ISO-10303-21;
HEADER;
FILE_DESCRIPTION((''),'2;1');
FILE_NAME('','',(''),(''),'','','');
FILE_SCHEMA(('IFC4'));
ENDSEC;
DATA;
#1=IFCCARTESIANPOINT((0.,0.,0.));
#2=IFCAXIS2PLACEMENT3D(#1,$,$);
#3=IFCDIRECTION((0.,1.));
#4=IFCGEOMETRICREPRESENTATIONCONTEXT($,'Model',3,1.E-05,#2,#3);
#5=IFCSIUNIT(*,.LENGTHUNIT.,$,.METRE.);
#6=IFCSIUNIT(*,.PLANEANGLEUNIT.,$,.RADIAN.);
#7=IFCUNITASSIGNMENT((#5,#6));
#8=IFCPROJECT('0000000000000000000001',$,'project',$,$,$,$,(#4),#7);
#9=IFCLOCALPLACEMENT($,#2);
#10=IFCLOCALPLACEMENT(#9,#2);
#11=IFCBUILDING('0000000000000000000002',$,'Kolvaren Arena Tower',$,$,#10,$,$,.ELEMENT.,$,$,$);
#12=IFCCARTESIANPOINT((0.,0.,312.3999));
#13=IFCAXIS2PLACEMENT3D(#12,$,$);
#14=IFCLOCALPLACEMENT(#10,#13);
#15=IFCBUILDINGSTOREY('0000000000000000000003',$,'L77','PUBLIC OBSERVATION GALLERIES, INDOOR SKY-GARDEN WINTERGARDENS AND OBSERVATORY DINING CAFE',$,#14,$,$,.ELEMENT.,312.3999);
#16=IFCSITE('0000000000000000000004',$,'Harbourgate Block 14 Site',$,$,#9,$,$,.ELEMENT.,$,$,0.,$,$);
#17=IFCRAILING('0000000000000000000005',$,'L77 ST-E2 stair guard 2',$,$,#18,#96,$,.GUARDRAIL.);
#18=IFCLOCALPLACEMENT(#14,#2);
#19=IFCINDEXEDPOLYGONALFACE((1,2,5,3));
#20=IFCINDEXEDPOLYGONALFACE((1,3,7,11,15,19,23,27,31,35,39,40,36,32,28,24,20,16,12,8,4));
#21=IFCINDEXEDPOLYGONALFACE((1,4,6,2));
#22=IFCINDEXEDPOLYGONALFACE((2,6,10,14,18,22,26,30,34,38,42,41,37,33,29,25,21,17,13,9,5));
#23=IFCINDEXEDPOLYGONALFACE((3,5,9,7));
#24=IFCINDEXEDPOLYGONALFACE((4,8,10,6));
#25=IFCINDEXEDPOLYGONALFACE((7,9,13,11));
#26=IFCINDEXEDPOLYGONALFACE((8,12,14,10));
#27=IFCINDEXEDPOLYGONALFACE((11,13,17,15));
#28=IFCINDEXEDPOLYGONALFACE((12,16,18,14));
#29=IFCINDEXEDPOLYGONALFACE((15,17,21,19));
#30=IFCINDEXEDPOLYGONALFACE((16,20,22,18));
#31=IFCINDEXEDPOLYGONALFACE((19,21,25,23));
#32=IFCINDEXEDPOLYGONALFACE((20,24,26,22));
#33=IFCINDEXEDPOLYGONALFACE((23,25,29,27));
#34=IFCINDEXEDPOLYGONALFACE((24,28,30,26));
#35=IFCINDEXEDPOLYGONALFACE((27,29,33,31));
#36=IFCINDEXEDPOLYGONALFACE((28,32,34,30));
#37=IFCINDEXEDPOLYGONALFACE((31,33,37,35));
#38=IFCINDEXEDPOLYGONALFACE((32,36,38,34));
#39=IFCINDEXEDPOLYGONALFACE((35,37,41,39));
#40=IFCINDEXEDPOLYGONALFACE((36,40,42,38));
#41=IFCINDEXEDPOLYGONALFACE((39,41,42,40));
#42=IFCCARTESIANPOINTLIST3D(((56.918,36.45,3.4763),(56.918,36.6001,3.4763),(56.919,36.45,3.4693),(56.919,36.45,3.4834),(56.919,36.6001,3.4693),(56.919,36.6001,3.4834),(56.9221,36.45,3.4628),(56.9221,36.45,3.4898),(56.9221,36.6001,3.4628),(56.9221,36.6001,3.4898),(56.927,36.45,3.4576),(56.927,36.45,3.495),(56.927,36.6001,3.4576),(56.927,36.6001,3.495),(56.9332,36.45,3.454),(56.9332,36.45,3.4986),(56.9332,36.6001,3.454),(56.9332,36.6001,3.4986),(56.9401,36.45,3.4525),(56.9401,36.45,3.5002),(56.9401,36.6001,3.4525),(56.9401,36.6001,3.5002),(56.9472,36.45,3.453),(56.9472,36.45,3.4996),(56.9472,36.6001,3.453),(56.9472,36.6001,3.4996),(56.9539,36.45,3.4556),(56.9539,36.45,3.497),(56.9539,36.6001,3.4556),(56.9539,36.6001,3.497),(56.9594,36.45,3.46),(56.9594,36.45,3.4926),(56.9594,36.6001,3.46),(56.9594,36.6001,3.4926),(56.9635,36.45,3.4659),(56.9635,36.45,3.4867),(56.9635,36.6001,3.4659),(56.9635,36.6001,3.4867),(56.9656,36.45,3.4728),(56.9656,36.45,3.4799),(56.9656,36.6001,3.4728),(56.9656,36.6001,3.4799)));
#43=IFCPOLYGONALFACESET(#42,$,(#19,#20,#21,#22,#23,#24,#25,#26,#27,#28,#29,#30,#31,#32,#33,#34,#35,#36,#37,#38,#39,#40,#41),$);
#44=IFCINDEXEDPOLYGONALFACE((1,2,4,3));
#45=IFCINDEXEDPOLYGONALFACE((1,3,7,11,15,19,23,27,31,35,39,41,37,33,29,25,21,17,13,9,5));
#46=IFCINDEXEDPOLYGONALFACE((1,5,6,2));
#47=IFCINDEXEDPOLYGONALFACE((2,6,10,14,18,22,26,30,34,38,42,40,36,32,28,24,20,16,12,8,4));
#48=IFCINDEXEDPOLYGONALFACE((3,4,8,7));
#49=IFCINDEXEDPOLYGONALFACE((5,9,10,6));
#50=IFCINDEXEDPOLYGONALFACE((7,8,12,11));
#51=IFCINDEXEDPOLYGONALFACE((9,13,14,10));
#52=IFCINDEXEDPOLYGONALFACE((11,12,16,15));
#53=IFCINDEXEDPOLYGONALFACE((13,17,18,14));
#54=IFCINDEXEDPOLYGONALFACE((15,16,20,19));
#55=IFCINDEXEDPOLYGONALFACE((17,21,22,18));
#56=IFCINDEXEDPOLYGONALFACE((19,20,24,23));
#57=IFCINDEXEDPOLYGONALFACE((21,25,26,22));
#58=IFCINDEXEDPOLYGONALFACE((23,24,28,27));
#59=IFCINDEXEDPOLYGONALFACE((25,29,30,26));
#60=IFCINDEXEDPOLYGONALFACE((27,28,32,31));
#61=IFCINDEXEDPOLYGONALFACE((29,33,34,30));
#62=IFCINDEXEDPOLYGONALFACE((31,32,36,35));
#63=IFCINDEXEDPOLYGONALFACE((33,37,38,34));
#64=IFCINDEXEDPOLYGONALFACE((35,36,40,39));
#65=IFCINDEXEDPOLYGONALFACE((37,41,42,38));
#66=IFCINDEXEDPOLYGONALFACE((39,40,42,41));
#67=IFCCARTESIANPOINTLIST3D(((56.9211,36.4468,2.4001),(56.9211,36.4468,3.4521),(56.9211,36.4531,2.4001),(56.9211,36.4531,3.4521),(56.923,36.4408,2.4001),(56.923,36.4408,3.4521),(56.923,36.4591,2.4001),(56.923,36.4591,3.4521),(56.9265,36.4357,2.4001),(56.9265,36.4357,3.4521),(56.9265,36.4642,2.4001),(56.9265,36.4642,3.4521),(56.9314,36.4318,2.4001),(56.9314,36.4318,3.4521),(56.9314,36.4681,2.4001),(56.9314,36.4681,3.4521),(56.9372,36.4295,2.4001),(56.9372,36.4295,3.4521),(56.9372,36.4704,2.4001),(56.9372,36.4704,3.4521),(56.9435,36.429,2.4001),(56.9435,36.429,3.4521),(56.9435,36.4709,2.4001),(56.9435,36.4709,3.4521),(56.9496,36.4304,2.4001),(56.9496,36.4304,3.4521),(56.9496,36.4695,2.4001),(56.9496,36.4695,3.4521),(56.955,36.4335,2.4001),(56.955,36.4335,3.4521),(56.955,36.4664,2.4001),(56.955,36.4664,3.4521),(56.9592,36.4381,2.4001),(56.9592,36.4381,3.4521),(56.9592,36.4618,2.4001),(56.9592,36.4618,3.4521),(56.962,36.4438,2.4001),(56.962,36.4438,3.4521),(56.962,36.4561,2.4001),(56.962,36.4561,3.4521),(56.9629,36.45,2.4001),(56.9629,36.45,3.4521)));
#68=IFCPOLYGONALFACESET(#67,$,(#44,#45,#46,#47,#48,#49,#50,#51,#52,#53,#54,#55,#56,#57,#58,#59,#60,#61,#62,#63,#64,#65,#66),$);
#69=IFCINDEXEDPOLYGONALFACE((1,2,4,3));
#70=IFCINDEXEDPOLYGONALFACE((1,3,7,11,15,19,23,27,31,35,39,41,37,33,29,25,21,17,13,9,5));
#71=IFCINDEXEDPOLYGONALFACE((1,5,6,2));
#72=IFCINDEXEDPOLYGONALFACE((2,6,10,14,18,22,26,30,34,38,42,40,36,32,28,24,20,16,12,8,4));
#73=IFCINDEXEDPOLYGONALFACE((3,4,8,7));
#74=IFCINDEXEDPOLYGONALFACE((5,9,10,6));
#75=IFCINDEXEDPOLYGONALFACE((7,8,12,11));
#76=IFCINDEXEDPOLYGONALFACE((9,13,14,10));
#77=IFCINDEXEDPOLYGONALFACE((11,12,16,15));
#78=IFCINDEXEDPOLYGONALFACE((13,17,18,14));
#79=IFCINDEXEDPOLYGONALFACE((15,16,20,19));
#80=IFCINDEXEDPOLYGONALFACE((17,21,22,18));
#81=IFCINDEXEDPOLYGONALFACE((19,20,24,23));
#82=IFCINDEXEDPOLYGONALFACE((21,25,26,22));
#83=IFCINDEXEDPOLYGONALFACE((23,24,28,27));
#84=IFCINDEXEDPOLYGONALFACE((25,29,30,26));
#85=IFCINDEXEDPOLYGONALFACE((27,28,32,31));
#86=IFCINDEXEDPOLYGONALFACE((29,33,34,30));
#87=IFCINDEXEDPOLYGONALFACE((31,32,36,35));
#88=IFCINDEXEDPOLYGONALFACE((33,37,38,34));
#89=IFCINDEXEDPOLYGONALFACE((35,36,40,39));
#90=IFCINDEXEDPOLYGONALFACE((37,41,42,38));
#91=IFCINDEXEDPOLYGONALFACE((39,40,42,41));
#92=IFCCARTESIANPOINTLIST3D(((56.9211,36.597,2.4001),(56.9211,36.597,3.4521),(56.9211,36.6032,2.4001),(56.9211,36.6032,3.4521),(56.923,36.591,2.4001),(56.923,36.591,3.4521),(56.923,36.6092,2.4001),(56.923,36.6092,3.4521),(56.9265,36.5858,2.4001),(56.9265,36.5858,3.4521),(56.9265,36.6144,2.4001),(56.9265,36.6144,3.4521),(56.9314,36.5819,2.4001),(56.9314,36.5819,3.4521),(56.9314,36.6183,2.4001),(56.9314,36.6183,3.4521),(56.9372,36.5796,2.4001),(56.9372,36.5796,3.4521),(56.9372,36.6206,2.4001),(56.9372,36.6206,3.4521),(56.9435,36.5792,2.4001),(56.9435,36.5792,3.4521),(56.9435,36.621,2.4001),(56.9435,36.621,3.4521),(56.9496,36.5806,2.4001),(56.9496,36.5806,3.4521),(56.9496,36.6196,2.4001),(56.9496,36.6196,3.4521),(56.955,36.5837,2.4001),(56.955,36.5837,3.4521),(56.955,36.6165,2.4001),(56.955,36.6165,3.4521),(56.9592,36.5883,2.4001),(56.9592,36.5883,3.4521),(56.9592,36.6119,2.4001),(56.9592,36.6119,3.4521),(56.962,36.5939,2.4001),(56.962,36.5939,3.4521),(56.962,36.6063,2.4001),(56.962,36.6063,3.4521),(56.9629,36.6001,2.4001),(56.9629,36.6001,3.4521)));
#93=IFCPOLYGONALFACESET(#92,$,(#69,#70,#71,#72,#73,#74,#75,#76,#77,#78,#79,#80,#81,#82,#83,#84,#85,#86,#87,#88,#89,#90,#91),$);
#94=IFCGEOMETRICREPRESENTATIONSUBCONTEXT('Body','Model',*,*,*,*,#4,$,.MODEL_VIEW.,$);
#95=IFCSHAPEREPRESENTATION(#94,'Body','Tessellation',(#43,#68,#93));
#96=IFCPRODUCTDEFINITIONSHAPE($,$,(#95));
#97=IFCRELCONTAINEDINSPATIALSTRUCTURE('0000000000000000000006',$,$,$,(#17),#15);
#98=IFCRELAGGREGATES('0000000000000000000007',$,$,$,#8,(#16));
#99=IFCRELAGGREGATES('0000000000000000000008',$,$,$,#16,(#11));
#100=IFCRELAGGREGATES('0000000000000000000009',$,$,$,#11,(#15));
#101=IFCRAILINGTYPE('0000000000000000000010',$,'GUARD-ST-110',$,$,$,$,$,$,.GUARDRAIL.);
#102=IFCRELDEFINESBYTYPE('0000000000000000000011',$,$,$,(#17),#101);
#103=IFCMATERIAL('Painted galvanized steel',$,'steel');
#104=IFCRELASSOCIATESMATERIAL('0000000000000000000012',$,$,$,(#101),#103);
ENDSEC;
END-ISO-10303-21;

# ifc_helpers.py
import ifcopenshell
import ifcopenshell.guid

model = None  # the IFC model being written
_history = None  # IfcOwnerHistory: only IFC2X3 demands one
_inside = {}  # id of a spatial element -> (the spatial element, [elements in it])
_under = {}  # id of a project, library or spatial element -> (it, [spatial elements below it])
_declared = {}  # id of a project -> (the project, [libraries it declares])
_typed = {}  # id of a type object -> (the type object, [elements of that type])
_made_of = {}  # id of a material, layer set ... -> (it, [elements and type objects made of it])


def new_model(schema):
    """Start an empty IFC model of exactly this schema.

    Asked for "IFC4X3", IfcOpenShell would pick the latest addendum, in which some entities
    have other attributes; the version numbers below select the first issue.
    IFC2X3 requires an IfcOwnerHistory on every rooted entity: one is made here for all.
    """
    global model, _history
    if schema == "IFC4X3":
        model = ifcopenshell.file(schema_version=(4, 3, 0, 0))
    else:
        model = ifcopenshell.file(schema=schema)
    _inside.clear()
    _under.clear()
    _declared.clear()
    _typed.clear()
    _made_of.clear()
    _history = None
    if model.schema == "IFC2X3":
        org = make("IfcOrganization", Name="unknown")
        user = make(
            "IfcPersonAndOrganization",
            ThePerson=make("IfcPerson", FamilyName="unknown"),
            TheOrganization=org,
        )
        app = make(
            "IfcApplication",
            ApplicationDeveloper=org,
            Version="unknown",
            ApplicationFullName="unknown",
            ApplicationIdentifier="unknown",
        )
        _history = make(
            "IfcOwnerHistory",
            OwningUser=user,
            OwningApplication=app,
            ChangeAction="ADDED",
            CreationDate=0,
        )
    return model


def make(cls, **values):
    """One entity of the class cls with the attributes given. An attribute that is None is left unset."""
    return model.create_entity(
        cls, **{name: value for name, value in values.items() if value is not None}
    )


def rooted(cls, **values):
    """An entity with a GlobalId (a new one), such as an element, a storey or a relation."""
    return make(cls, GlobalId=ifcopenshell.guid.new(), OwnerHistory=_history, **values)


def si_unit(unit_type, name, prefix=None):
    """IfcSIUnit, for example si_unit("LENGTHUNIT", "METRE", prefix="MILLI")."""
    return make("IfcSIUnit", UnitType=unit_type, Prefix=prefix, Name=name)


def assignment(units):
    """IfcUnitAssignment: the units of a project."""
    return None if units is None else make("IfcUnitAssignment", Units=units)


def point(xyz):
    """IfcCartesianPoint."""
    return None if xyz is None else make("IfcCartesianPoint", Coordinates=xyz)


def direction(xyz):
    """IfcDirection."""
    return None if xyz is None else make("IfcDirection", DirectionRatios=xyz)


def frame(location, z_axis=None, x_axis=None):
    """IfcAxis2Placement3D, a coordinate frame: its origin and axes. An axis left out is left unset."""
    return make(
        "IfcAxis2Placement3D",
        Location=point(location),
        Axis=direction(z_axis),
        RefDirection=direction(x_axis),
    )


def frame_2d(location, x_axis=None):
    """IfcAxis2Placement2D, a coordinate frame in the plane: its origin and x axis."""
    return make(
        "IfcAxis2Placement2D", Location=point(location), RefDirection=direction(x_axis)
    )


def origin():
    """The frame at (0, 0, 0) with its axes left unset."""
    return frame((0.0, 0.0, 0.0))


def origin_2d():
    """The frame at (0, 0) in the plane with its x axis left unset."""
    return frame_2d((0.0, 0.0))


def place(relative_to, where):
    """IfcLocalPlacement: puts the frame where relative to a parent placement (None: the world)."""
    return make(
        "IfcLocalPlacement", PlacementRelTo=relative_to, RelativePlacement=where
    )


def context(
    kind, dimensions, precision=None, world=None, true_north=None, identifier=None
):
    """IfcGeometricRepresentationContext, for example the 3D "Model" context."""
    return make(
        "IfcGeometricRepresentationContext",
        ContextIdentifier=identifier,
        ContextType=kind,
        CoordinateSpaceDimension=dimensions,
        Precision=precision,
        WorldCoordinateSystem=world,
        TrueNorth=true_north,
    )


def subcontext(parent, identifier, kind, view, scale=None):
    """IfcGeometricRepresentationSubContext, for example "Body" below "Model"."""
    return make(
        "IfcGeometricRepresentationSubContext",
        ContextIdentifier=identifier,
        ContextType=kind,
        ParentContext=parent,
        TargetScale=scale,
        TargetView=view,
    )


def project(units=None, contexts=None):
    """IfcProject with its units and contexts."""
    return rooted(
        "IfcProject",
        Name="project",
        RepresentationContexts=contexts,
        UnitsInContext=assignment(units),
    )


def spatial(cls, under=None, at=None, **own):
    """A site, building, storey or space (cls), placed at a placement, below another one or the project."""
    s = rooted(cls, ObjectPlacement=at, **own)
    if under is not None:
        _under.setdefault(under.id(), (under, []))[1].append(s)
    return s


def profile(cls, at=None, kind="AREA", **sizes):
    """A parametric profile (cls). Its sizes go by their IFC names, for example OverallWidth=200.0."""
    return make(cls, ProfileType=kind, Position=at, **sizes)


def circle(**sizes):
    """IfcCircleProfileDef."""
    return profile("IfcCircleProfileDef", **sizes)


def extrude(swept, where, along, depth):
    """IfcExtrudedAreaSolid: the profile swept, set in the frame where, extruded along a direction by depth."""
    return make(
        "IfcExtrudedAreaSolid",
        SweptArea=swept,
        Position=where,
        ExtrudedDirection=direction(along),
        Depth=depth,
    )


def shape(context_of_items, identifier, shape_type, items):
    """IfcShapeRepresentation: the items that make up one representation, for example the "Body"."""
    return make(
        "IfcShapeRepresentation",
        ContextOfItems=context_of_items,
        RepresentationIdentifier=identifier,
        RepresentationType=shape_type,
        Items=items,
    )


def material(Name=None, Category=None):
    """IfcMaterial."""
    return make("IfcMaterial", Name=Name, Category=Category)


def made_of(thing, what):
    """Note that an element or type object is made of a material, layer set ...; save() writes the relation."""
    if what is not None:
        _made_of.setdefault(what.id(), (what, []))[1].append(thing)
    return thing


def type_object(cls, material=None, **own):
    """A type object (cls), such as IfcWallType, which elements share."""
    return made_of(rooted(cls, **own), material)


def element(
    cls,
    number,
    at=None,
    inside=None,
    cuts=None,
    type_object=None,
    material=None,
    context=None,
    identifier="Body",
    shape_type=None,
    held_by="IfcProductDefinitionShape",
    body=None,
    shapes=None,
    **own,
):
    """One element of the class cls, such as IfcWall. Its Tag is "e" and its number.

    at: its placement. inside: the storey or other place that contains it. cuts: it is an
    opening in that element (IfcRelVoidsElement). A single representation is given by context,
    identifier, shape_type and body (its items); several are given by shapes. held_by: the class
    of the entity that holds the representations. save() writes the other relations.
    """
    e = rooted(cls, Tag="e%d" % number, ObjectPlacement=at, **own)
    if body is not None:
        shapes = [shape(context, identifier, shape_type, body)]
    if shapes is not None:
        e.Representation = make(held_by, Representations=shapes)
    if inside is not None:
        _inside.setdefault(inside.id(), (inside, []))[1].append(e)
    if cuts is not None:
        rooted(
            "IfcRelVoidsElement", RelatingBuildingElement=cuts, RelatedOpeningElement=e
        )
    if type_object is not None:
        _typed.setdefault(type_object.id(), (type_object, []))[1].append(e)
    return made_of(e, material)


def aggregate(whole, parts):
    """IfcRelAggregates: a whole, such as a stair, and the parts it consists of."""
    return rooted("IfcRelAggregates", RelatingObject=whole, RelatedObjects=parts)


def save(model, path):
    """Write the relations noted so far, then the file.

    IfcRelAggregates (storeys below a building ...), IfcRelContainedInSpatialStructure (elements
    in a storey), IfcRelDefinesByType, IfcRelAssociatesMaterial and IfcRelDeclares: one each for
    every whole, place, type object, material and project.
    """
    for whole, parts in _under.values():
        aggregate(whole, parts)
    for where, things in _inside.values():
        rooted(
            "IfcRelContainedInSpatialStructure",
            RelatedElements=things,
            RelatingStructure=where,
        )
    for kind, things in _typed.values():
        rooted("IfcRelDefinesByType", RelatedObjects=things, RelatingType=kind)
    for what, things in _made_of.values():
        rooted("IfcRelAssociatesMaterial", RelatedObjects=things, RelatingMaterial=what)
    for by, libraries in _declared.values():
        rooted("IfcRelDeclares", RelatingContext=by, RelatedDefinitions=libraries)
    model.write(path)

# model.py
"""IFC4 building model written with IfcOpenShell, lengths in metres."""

from ifc_helpers import new_model, si_unit, direction, frame, origin, origin_2d, place, context, subcontext, project, spatial, circle, extrude, material, type_object, element, save


model = new_model("IFC4")

# Units and contexts
model_context = context("Model", 3, precision=1e-05, world=origin(), true_north=direction((0.0, 1.0)))
body_context = subcontext(model_context, "Body", "Model", "MODEL_VIEW")
ifc_project = project(units=[si_unit("LENGTHUNIT", "METRE"), si_unit("PLANEANGLEUNIT", "RADIAN")], contexts=[model_context])

# Site, building, storey
site_placement = place(None, origin())
site = spatial("IfcSite", under=ifc_project, at=site_placement, Name="Harbourgate Block 14 Site", CompositionType="ELEMENT", RefElevation=0.0)
building_placement = place(site_placement, origin())
building = spatial("IfcBuilding", under=site, at=building_placement, Name="Kolvaren Arena Tower", CompositionType="ELEMENT")
storey_placement = place(building_placement, frame((0.0, 0.0, 312.3999)))
storey = spatial("IfcBuildingStorey", under=building, at=storey_placement, Name="L77", Description="PUBLIC OBSERVATION GALLERIES, INDOOR SKY-GARDEN WINTERGARDENS AND OBSERVATORY DINING CAFE", CompositionType="ELEMENT", Elevation=312.3999)

# Railing
ifc_material_1 = material(Name="Painted galvanized steel", Category="steel")
railing_type_1 = type_object("IfcRailingType", Name="GUARD-ST-110", PredefinedType="GUARDRAIL", material=ifc_material_1)
railing_1_placement = place(storey_placement, frame((56.9419, 36.45, 2.4001)))
element("IfcRailing", 1, at=railing_1_placement, inside=storey, type_object=railing_type_1, Name="L77 ST-E2 stair guard 2", PredefinedType="GUARDRAIL", context=body_context, shape_type="SweptSolid", body=[
    extrude(circle(Radius=0.0239, at=origin_2d()), frame((0.0, 0.0, 1.0762), z_axis=(0.0, 1.0, 0.0), x_axis=(-1.0, 0.0, 0.0)), (0.0, 0.0, 1.0), 0.1501),
    extrude(circle(Radius=0.021, at=origin_2d()), origin(), (0.0, 0.0, 1.0), 1.052),
    extrude(circle(Radius=0.021, at=origin_2d()), frame((0.0, 0.1501, 0.0)), (0.0, 0.0, 1.0), 1.052),
])

save(model, "model.ifc")
